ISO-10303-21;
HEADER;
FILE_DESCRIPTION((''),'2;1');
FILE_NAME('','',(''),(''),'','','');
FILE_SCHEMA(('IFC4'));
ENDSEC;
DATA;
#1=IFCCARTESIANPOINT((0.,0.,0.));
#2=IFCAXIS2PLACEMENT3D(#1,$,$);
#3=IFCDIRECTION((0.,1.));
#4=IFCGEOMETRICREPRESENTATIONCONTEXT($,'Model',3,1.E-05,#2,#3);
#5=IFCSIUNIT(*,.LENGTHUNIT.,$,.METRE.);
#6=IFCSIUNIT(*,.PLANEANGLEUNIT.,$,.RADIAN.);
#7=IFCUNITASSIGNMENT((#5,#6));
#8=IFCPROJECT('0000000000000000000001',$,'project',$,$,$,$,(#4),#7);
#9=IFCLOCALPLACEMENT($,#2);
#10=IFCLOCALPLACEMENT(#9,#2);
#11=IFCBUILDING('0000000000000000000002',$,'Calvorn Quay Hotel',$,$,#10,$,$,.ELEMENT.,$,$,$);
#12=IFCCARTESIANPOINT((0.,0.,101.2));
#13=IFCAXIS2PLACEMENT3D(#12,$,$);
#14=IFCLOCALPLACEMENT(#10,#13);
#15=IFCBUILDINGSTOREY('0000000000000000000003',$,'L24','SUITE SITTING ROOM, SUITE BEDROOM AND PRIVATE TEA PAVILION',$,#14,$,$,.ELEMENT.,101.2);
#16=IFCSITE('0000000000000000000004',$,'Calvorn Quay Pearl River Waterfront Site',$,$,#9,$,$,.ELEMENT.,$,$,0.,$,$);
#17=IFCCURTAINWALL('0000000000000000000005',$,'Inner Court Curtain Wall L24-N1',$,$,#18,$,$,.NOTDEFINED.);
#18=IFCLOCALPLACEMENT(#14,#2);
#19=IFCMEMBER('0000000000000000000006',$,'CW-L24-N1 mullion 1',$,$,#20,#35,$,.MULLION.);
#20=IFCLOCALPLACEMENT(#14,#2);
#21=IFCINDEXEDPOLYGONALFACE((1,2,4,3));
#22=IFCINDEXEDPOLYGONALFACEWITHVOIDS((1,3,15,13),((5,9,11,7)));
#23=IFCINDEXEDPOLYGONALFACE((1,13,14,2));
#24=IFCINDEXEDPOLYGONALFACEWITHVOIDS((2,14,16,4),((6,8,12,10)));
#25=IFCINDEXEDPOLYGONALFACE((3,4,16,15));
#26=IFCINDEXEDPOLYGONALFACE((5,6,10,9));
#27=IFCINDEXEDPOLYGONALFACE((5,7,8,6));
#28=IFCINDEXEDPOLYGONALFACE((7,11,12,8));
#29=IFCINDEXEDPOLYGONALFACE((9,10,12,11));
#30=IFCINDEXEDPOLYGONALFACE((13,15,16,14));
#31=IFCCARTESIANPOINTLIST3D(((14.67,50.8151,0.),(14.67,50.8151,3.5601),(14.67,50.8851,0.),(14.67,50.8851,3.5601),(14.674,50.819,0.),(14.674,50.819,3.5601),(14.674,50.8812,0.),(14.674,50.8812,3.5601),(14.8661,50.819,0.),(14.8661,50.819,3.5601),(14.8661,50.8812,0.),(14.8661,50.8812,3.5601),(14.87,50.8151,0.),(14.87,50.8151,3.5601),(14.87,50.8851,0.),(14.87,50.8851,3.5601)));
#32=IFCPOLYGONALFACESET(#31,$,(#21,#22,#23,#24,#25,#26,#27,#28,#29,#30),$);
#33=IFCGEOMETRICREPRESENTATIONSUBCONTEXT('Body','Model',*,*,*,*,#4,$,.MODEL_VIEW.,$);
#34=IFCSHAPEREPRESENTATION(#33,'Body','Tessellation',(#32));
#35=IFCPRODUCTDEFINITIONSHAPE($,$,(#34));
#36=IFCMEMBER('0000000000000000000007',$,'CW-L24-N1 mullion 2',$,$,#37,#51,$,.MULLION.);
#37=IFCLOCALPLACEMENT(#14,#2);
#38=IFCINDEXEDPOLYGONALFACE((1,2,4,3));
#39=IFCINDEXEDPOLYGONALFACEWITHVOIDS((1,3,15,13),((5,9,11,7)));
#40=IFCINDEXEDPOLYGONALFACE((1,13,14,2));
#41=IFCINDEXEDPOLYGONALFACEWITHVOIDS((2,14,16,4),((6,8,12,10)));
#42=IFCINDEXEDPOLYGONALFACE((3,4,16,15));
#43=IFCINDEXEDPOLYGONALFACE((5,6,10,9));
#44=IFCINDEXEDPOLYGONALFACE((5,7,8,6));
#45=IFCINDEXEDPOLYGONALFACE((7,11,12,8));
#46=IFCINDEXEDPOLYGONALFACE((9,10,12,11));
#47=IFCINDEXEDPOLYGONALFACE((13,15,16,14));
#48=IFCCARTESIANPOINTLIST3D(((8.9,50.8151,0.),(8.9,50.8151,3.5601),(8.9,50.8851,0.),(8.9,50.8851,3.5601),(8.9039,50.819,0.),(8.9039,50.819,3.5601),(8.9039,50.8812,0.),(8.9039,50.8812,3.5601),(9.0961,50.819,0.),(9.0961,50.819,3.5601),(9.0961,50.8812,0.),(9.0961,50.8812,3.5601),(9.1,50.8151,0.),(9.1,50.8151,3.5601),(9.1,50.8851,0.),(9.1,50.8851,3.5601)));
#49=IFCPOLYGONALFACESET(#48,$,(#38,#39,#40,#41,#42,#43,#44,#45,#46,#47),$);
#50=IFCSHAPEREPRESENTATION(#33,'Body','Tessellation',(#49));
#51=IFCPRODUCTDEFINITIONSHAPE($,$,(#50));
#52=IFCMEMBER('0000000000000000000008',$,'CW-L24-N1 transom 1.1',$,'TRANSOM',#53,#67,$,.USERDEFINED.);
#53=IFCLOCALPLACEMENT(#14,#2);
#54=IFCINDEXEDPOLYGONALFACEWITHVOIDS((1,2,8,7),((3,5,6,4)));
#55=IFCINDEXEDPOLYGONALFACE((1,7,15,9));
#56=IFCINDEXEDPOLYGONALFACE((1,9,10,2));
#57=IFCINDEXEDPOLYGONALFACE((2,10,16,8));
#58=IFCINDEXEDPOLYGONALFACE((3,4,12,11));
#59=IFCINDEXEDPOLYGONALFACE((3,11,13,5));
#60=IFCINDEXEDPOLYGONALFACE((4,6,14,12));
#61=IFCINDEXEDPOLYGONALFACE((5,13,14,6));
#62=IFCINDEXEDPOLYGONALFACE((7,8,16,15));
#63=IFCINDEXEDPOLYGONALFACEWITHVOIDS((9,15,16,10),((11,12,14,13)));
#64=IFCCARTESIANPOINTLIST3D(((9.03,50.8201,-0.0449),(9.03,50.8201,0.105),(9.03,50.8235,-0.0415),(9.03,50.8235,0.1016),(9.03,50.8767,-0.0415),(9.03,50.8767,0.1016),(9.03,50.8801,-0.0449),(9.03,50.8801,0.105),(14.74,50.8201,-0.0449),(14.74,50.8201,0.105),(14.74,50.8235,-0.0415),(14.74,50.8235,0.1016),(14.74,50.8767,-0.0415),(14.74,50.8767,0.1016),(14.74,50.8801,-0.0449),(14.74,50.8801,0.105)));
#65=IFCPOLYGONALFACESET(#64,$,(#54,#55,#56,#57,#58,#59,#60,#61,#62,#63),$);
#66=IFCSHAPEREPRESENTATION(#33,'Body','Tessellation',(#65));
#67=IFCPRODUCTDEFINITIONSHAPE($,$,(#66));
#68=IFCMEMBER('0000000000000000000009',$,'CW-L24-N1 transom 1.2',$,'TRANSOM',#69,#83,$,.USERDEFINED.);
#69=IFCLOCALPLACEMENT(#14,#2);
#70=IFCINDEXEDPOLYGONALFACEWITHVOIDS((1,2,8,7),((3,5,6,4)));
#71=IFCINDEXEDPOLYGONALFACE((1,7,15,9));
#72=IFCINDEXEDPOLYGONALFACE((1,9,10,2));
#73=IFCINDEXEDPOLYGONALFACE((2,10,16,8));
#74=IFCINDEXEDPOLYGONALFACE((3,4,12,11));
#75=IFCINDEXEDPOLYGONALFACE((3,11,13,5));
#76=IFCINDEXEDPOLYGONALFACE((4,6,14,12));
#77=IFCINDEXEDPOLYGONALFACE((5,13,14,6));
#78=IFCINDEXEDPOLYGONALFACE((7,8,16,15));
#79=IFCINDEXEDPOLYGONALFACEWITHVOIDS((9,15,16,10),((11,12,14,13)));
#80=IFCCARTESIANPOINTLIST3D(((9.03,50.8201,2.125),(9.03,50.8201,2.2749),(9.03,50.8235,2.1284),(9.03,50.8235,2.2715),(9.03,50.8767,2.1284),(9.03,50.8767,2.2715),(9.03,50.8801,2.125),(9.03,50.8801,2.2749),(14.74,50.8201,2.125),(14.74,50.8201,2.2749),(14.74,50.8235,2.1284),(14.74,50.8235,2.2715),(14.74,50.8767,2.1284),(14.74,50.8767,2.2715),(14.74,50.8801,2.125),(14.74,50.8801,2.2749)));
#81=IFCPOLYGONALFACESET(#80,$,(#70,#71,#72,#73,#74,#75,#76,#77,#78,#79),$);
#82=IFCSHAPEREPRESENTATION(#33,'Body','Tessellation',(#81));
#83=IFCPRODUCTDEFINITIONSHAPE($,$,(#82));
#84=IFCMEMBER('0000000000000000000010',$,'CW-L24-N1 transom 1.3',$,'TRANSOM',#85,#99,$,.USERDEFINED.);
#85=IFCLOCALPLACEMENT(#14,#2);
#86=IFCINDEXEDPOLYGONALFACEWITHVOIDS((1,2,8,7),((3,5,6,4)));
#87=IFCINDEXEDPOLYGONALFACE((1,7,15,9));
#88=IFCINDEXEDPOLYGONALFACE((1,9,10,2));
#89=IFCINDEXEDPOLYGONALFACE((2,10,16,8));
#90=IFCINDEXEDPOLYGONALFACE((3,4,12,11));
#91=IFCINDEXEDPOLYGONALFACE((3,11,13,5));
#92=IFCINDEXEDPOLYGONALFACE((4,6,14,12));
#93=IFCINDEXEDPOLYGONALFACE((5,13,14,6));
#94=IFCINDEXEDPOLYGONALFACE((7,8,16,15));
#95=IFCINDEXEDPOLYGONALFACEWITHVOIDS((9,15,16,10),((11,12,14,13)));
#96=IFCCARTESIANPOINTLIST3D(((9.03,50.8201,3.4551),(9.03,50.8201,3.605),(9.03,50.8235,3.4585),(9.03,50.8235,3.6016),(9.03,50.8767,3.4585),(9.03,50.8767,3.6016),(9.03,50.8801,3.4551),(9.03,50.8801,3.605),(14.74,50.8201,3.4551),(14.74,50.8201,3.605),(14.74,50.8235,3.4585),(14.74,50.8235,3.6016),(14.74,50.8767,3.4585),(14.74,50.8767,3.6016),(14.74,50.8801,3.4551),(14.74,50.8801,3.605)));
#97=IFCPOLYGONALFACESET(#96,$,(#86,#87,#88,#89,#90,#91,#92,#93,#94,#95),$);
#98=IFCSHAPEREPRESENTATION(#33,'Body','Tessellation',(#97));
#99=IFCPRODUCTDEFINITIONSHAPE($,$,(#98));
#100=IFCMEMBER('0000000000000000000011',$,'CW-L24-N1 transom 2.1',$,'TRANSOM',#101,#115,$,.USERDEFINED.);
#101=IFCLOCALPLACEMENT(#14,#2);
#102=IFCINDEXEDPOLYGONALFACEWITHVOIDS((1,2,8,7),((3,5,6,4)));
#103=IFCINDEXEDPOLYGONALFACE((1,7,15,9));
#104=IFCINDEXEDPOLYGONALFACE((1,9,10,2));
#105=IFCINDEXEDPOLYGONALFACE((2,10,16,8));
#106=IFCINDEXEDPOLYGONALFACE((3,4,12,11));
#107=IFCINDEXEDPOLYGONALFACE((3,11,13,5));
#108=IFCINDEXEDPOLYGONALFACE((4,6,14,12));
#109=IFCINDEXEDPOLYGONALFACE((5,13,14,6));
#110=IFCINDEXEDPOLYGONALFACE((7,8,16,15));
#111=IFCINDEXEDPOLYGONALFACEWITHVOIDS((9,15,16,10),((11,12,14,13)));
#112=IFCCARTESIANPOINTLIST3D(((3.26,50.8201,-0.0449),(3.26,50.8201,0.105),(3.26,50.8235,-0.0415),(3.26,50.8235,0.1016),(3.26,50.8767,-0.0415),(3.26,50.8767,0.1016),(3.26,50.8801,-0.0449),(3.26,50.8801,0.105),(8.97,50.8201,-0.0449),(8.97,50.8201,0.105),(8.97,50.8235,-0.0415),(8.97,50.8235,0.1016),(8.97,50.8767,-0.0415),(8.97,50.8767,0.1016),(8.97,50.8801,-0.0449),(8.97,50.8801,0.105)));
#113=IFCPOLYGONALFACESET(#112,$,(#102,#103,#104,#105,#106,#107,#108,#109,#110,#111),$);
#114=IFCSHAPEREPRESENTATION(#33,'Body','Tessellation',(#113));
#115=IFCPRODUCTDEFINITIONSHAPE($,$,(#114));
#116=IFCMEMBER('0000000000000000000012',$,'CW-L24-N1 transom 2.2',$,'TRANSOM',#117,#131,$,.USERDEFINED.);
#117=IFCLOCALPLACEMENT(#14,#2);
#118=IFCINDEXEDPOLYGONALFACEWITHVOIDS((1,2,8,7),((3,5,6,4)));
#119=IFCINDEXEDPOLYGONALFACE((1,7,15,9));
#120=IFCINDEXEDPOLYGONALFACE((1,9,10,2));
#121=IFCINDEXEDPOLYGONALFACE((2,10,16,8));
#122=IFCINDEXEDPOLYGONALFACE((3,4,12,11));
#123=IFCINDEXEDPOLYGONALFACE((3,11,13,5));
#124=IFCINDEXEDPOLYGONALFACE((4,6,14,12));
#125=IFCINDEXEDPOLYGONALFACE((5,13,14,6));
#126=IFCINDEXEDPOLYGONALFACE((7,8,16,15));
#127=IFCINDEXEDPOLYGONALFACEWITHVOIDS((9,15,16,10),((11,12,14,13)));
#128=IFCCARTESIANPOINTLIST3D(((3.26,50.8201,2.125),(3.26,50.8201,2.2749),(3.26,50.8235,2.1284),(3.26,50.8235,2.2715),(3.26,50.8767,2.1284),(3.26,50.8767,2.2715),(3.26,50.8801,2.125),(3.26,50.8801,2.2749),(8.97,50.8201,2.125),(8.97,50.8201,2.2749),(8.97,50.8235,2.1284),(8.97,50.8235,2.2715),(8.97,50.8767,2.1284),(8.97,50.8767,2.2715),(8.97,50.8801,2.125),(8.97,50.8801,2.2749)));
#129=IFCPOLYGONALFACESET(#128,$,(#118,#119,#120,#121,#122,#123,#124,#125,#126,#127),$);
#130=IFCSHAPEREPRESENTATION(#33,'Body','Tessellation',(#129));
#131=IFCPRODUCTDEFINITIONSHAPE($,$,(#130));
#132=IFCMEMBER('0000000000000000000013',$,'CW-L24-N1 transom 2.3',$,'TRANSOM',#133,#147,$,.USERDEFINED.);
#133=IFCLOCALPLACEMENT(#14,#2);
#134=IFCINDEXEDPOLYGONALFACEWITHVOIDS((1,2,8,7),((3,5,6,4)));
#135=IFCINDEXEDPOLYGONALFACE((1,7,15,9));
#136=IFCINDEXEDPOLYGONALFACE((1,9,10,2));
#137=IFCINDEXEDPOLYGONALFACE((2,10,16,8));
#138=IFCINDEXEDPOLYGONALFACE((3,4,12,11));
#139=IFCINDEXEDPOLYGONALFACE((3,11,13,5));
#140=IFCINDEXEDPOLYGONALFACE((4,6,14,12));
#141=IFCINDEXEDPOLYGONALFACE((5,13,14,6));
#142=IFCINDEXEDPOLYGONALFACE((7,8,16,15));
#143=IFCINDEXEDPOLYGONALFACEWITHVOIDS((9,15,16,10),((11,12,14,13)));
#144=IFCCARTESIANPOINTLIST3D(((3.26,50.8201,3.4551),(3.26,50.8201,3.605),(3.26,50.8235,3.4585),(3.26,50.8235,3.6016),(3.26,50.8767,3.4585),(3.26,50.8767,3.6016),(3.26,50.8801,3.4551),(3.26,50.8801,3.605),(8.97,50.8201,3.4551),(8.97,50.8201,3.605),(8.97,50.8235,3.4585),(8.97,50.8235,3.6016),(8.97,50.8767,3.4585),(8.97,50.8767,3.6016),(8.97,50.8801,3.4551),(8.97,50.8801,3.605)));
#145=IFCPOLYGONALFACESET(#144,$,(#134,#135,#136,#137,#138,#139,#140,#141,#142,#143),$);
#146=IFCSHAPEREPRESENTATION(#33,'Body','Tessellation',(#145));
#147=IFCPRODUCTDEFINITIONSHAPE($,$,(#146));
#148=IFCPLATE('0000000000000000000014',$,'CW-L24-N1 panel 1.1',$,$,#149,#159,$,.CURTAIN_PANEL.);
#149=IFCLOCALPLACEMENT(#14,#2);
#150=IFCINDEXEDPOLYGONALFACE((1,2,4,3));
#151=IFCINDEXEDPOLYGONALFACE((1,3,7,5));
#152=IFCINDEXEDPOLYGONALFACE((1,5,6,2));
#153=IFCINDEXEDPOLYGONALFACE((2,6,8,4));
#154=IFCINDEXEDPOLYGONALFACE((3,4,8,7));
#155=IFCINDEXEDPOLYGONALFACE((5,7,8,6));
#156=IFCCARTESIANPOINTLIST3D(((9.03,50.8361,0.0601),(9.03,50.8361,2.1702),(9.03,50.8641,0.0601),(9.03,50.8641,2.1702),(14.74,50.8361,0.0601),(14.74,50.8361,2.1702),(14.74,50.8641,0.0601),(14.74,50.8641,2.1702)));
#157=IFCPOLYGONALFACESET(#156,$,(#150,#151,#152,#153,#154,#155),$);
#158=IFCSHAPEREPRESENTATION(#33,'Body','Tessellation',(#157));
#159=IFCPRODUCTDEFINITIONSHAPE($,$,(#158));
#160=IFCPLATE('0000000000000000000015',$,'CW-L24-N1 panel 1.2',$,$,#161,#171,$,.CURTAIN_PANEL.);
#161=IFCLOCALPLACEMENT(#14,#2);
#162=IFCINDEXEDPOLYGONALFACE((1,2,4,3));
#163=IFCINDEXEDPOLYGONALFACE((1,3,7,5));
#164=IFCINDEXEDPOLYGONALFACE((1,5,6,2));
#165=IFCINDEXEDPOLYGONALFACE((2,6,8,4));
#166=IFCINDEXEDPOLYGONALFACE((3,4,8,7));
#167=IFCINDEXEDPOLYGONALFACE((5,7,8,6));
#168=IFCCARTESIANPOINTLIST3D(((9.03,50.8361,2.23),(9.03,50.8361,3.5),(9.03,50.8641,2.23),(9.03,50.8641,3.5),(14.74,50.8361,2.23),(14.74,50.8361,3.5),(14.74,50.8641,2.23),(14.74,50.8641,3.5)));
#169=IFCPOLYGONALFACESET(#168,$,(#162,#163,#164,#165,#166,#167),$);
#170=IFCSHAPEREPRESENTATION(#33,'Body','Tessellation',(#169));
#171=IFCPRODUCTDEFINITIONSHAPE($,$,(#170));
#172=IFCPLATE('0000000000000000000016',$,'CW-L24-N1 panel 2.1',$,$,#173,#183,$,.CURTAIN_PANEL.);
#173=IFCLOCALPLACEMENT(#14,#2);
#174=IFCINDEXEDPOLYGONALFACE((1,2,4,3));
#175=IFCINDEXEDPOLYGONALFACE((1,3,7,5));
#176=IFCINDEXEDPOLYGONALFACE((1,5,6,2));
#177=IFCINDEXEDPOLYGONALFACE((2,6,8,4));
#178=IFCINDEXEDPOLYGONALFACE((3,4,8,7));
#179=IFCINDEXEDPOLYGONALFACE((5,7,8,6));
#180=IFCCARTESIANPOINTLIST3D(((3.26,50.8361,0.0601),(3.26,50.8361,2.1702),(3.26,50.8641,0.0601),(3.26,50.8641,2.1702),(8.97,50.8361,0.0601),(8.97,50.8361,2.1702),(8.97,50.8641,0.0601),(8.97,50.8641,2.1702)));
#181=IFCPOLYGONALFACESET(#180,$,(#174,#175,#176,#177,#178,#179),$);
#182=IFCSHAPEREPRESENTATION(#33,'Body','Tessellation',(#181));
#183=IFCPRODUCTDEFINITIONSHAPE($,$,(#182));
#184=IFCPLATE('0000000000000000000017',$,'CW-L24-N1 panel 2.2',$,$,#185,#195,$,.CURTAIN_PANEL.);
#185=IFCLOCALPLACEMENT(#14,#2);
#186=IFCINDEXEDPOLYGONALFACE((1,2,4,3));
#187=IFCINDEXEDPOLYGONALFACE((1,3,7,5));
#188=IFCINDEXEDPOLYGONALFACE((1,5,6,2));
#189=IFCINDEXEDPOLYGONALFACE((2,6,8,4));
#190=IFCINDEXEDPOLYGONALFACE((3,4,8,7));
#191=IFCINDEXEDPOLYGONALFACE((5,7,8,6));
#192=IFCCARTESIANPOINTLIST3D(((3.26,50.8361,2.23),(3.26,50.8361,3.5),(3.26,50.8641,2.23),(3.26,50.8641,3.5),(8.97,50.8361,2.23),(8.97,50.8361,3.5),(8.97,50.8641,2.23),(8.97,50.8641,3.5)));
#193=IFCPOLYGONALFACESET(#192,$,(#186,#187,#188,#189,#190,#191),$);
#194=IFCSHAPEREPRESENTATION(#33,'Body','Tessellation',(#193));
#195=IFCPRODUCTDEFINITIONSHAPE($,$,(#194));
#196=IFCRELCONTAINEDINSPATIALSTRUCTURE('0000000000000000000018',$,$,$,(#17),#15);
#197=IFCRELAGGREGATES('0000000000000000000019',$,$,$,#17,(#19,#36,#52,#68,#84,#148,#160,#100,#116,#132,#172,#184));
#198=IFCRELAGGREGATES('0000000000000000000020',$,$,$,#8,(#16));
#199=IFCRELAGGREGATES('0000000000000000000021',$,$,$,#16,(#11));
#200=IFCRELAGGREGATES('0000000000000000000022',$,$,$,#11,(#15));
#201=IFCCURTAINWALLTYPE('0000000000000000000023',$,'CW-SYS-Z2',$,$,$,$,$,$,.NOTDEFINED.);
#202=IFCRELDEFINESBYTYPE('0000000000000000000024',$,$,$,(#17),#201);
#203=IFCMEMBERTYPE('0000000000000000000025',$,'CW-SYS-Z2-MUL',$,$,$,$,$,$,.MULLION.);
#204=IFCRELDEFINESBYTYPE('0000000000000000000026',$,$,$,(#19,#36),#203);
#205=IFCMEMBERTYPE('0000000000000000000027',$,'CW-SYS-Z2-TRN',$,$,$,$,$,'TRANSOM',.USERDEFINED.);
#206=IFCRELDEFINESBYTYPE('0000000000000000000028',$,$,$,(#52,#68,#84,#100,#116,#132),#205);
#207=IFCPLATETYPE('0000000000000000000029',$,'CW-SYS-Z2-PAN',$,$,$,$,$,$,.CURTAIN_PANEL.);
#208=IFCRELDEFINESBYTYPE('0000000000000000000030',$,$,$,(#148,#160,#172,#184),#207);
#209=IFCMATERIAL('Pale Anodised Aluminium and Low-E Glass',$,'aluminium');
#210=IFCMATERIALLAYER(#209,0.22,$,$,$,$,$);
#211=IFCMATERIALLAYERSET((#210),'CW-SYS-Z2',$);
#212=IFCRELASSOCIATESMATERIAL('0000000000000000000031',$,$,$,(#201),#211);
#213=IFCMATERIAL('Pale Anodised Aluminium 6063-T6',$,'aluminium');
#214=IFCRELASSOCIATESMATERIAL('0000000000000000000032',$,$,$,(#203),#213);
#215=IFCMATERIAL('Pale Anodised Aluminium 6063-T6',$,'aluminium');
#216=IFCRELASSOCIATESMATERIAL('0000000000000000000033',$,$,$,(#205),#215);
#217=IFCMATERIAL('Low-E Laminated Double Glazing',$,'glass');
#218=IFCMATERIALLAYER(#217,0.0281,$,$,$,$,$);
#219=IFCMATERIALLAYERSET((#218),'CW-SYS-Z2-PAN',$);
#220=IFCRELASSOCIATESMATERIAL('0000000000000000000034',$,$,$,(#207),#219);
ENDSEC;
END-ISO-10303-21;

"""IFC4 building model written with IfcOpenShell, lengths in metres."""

from ifc_helpers import new_model, si_unit, direction, frame, origin, origin_2d, place, context, subcontext, project, spatial, rectangle, hollow_rectangle, extrude, material, layer, layer_set, material_profile, profile_set, type_object, element, aggregate, save


model = new_model("IFC4")

# Units and contexts
model_context = context("Model", 3, precision=1e-05, world=origin(), true_north=direction((0.0, 1.0)))
body_context = subcontext(model_context, "Body", "Model", "MODEL_VIEW")
ifc_project = project(units=[si_unit("LENGTHUNIT", "METRE"), si_unit("PLANEANGLEUNIT", "RADIAN")], contexts=[model_context])

# Site, building, storey
site_placement = place(None, origin())
site = spatial("IfcSite", under=ifc_project, at=site_placement, Name="Calvorn Quay Pearl River Waterfront Site", CompositionType="ELEMENT", RefElevation=0.0)
building_placement = place(site_placement, origin())
building = spatial("IfcBuilding", under=site, at=building_placement, Name="Calvorn Quay Hotel", CompositionType="ELEMENT")
storey_placement = place(building_placement, frame((0.0, 0.0, 101.2)))
storey = spatial("IfcBuildingStorey", under=building, at=storey_placement, Name="L24", Description="SUITE SITTING ROOM, SUITE BEDROOM AND PRIVATE TEA PAVILION", CompositionType="ELEMENT", Elevation=101.2)

# Curtain wall, members, plates
ifc_material_1 = material(Name="Pale Anodised Aluminium and Low-E Glass", Category="aluminium")
ifc_layer_1 = layer(ifc_material_1, 0.22)
ifc_layer_set_1 = layer_set([ifc_layer_1], Name="CW-SYS-Z2")
curtain_wall_type = type_object("IfcCurtainWallType", Name="CW-SYS-Z2", PredefinedType="NOTDEFINED", material=ifc_layer_set_1)
curtain_wall_placement = place(storey_placement, origin())
curtain_wall = element("IfcCurtainWall", 1, at=curtain_wall_placement, inside=storey, type_object=curtain_wall_type, Name="Inner Court Curtain Wall L24-N1", PredefinedType="NOTDEFINED")
ifc_material_2 = material(Name="Pale Anodised Aluminium 6063-T6", Category="aluminium")
ifc_material_profile_1 = material_profile(ifc_material_2, hollow_rectangle(XDim=0.0701, YDim=0.2, WallThickness=0.0039, at=origin_2d()), Name="ALU-M200x70x4")
ifc_profile_set_1 = profile_set([ifc_material_profile_1], Name="Pale Anodised Aluminium 6063-T6")
member_type_1 = type_object("IfcMemberType", Name="CW-SYS-Z2-MUL", PredefinedType="MULLION", material=ifc_profile_set_1)
member_1_placement = place(storey_placement, frame((14.77, 50.8501, 0.0), z_axis=(0.0, 0.0, 1.0), x_axis=(0.0, -1.0, 0.0)))
member_1 = element("IfcMember", 2, at=member_1_placement, type_object=member_type_1, Name="CW-L24-N1 mullion 1", PredefinedType="MULLION", context=body_context, shape_type="SweptSolid", body=[
    extrude(hollow_rectangle(XDim=0.0701, YDim=0.2, WallThickness=0.0039, at=origin_2d()), origin(), (0.0, 0.0, 1.0), 3.5601),
])
member_2_placement = place(storey_placement, frame((9.0, 50.8501, 0.0), z_axis=(0.0, 0.0, 1.0), x_axis=(0.0, -1.0, 0.0)))
member_2 = element("IfcMember", 3, at=member_2_placement, type_object=member_type_1, Name="CW-L24-N1 mullion 2", PredefinedType="MULLION", context=body_context, shape_type="SweptSolid", body=[
    extrude(hollow_rectangle(XDim=0.0701, YDim=0.2, WallThickness=0.0039, at=origin_2d()), origin(), (0.0, 0.0, 1.0), 3.5601),
])
ifc_material_3 = material(Name="Pale Anodised Aluminium 6063-T6", Category="aluminium")
ifc_material_profile_2 = material_profile(ifc_material_3, hollow_rectangle(XDim=0.0601, YDim=0.1499, WallThickness=0.0034, at=origin_2d()), Name="ALU-T150x60x3.5")
ifc_profile_set_2 = profile_set([ifc_material_profile_2], Name="Pale Anodised Aluminium 6063-T6")
member_type_2 = type_object("IfcMemberType", Name="CW-SYS-Z2-TRN", ElementType="TRANSOM", PredefinedType="USERDEFINED", material=ifc_profile_set_2)
member_3_placement = place(storey_placement, frame((14.74, 50.8501, 0.03), z_axis=(-1.0, 0.0, 0.0), x_axis=(0.0, -1.0, 0.0)))
member_3 = element("IfcMember", 4, at=member_3_placement, type_object=member_type_2, Name="CW-L24-N1 transom 1.1", ObjectType="TRANSOM", PredefinedType="USERDEFINED", context=body_context, shape_type="SweptSolid", body=[
    extrude(hollow_rectangle(XDim=0.0601, YDim=0.1499, WallThickness=0.0034, at=origin_2d()), origin(), (0.0, 0.0, 1.0), 5.71),
])
member_4_placement = place(storey_placement, frame((14.74, 50.8501, 2.2), z_axis=(-1.0, 0.0, 0.0), x_axis=(0.0, -1.0, 0.0)))
member_4 = element("IfcMember", 5, at=member_4_placement, type_object=member_type_2, Name="CW-L24-N1 transom 1.2", ObjectType="TRANSOM", PredefinedType="USERDEFINED", context=body_context, shape_type="SweptSolid", body=[
    extrude(hollow_rectangle(XDim=0.0601, YDim=0.1499, WallThickness=0.0034, at=origin_2d()), origin(), (0.0, 0.0, 1.0), 5.71),
])
member_5_placement = place(storey_placement, frame((14.74, 50.8501, 3.53), z_axis=(-1.0, 0.0, 0.0), x_axis=(0.0, -1.0, 0.0)))
member_5 = element("IfcMember", 6, at=member_5_placement, type_object=member_type_2, Name="CW-L24-N1 transom 1.3", ObjectType="TRANSOM", PredefinedType="USERDEFINED", context=body_context, shape_type="SweptSolid", body=[
    extrude(hollow_rectangle(XDim=0.0601, YDim=0.1499, WallThickness=0.0034, at=origin_2d()), origin(), (0.0, 0.0, 1.0), 5.71),
])
member_6_placement = place(storey_placement, frame((8.97, 50.8501, 0.03), z_axis=(-1.0, 0.0, 0.0), x_axis=(0.0, -1.0, 0.0)))
member_6 = element("IfcMember", 7, at=member_6_placement, type_object=member_type_2, Name="CW-L24-N1 transom 2.1", ObjectType="TRANSOM", PredefinedType="USERDEFINED", context=body_context, shape_type="SweptSolid", body=[
    extrude(hollow_rectangle(XDim=0.0601, YDim=0.1499, WallThickness=0.0034, at=origin_2d()), origin(), (0.0, 0.0, 1.0), 5.71),
])
member_7_placement = place(storey_placement, frame((8.97, 50.8501, 2.2), z_axis=(-1.0, 0.0, 0.0), x_axis=(0.0, -1.0, 0.0)))
member_7 = element("IfcMember", 8, at=member_7_placement, type_object=member_type_2, Name="CW-L24-N1 transom 2.2", ObjectType="TRANSOM", PredefinedType="USERDEFINED", context=body_context, shape_type="SweptSolid", body=[
    extrude(hollow_rectangle(XDim=0.0601, YDim=0.1499, WallThickness=0.0034, at=origin_2d()), origin(), (0.0, 0.0, 1.0), 5.71),
])
member_8_placement = place(storey_placement, frame((8.97, 50.8501, 3.53), z_axis=(-1.0, 0.0, 0.0), x_axis=(0.0, -1.0, 0.0)))
member_8 = element("IfcMember", 9, at=member_8_placement, type_object=member_type_2, Name="CW-L24-N1 transom 2.3", ObjectType="TRANSOM", PredefinedType="USERDEFINED", context=body_context, shape_type="SweptSolid", body=[
    extrude(hollow_rectangle(XDim=0.0601, YDim=0.1499, WallThickness=0.0034, at=origin_2d()), origin(), (0.0, 0.0, 1.0), 5.71),
])
ifc_material_4 = material(Name="Low-E Laminated Double Glazing", Category="glass")
ifc_layer_2 = layer(ifc_material_4, 0.0281)
ifc_layer_set_2 = layer_set([ifc_layer_2], Name="CW-SYS-Z2-PAN")
plate_type = type_object("IfcPlateType", Name="CW-SYS-Z2-PAN", PredefinedType="CURTAIN_PANEL", material=ifc_layer_set_2)
plate_1_placement = place(storey_placement, frame((11.885, 50.8501, 0.0601), z_axis=(0.0, 0.0, 1.0), x_axis=(-1.0, 0.0, 0.0)))
plate_1 = element("IfcPlate", 10, at=plate_1_placement, type_object=plate_type, Name="CW-L24-N1 panel 1.1", PredefinedType="CURTAIN_PANEL", context=body_context, shape_type="SweptSolid", body=[
    extrude(rectangle(XDim=5.71, YDim=0.0281, at=origin_2d()), origin(), (0.0, 0.0, 1.0), 2.1101),
])
plate_2_placement = place(storey_placement, frame((11.885, 50.8501, 2.23), z_axis=(0.0, 0.0, 1.0), x_axis=(-1.0, 0.0, 0.0)))
plate_2 = element("IfcPlate", 11, at=plate_2_placement, type_object=plate_type, Name="CW-L24-N1 panel 1.2", PredefinedType="CURTAIN_PANEL", context=body_context, shape_type="SweptSolid", body=[
    extrude(rectangle(XDim=5.71, YDim=0.0281, at=origin_2d()), origin(), (0.0, 0.0, 1.0), 1.27),
])
plate_3_placement = place(storey_placement, frame((6.115, 50.8501, 0.0601), z_axis=(0.0, 0.0, 1.0), x_axis=(-1.0, 0.0, 0.0)))
plate_3 = element("IfcPlate", 12, at=plate_3_placement, type_object=plate_type, Name="CW-L24-N1 panel 2.1", PredefinedType="CURTAIN_PANEL", context=body_context, shape_type="SweptSolid", body=[
    extrude(rectangle(XDim=5.71, YDim=0.0281, at=origin_2d()), origin(), (0.0, 0.0, 1.0), 2.1101),
])
plate_4_placement = place(storey_placement, frame((6.115, 50.8501, 2.23), z_axis=(0.0, 0.0, 1.0), x_axis=(-1.0, 0.0, 0.0)))
plate_4 = element("IfcPlate", 13, at=plate_4_placement, type_object=plate_type, Name="CW-L24-N1 panel 2.2", PredefinedType="CURTAIN_PANEL", context=body_context, shape_type="SweptSolid", body=[
    extrude(rectangle(XDim=5.71, YDim=0.0281, at=origin_2d()), origin(), (0.0, 0.0, 1.0), 1.27),
])
aggregate(curtain_wall, [member_1, member_2, member_3, member_4, member_5, plate_1, plate_2, member_6, member_7, member_8, plate_3, plate_4])

save(model, "model.ifc")
